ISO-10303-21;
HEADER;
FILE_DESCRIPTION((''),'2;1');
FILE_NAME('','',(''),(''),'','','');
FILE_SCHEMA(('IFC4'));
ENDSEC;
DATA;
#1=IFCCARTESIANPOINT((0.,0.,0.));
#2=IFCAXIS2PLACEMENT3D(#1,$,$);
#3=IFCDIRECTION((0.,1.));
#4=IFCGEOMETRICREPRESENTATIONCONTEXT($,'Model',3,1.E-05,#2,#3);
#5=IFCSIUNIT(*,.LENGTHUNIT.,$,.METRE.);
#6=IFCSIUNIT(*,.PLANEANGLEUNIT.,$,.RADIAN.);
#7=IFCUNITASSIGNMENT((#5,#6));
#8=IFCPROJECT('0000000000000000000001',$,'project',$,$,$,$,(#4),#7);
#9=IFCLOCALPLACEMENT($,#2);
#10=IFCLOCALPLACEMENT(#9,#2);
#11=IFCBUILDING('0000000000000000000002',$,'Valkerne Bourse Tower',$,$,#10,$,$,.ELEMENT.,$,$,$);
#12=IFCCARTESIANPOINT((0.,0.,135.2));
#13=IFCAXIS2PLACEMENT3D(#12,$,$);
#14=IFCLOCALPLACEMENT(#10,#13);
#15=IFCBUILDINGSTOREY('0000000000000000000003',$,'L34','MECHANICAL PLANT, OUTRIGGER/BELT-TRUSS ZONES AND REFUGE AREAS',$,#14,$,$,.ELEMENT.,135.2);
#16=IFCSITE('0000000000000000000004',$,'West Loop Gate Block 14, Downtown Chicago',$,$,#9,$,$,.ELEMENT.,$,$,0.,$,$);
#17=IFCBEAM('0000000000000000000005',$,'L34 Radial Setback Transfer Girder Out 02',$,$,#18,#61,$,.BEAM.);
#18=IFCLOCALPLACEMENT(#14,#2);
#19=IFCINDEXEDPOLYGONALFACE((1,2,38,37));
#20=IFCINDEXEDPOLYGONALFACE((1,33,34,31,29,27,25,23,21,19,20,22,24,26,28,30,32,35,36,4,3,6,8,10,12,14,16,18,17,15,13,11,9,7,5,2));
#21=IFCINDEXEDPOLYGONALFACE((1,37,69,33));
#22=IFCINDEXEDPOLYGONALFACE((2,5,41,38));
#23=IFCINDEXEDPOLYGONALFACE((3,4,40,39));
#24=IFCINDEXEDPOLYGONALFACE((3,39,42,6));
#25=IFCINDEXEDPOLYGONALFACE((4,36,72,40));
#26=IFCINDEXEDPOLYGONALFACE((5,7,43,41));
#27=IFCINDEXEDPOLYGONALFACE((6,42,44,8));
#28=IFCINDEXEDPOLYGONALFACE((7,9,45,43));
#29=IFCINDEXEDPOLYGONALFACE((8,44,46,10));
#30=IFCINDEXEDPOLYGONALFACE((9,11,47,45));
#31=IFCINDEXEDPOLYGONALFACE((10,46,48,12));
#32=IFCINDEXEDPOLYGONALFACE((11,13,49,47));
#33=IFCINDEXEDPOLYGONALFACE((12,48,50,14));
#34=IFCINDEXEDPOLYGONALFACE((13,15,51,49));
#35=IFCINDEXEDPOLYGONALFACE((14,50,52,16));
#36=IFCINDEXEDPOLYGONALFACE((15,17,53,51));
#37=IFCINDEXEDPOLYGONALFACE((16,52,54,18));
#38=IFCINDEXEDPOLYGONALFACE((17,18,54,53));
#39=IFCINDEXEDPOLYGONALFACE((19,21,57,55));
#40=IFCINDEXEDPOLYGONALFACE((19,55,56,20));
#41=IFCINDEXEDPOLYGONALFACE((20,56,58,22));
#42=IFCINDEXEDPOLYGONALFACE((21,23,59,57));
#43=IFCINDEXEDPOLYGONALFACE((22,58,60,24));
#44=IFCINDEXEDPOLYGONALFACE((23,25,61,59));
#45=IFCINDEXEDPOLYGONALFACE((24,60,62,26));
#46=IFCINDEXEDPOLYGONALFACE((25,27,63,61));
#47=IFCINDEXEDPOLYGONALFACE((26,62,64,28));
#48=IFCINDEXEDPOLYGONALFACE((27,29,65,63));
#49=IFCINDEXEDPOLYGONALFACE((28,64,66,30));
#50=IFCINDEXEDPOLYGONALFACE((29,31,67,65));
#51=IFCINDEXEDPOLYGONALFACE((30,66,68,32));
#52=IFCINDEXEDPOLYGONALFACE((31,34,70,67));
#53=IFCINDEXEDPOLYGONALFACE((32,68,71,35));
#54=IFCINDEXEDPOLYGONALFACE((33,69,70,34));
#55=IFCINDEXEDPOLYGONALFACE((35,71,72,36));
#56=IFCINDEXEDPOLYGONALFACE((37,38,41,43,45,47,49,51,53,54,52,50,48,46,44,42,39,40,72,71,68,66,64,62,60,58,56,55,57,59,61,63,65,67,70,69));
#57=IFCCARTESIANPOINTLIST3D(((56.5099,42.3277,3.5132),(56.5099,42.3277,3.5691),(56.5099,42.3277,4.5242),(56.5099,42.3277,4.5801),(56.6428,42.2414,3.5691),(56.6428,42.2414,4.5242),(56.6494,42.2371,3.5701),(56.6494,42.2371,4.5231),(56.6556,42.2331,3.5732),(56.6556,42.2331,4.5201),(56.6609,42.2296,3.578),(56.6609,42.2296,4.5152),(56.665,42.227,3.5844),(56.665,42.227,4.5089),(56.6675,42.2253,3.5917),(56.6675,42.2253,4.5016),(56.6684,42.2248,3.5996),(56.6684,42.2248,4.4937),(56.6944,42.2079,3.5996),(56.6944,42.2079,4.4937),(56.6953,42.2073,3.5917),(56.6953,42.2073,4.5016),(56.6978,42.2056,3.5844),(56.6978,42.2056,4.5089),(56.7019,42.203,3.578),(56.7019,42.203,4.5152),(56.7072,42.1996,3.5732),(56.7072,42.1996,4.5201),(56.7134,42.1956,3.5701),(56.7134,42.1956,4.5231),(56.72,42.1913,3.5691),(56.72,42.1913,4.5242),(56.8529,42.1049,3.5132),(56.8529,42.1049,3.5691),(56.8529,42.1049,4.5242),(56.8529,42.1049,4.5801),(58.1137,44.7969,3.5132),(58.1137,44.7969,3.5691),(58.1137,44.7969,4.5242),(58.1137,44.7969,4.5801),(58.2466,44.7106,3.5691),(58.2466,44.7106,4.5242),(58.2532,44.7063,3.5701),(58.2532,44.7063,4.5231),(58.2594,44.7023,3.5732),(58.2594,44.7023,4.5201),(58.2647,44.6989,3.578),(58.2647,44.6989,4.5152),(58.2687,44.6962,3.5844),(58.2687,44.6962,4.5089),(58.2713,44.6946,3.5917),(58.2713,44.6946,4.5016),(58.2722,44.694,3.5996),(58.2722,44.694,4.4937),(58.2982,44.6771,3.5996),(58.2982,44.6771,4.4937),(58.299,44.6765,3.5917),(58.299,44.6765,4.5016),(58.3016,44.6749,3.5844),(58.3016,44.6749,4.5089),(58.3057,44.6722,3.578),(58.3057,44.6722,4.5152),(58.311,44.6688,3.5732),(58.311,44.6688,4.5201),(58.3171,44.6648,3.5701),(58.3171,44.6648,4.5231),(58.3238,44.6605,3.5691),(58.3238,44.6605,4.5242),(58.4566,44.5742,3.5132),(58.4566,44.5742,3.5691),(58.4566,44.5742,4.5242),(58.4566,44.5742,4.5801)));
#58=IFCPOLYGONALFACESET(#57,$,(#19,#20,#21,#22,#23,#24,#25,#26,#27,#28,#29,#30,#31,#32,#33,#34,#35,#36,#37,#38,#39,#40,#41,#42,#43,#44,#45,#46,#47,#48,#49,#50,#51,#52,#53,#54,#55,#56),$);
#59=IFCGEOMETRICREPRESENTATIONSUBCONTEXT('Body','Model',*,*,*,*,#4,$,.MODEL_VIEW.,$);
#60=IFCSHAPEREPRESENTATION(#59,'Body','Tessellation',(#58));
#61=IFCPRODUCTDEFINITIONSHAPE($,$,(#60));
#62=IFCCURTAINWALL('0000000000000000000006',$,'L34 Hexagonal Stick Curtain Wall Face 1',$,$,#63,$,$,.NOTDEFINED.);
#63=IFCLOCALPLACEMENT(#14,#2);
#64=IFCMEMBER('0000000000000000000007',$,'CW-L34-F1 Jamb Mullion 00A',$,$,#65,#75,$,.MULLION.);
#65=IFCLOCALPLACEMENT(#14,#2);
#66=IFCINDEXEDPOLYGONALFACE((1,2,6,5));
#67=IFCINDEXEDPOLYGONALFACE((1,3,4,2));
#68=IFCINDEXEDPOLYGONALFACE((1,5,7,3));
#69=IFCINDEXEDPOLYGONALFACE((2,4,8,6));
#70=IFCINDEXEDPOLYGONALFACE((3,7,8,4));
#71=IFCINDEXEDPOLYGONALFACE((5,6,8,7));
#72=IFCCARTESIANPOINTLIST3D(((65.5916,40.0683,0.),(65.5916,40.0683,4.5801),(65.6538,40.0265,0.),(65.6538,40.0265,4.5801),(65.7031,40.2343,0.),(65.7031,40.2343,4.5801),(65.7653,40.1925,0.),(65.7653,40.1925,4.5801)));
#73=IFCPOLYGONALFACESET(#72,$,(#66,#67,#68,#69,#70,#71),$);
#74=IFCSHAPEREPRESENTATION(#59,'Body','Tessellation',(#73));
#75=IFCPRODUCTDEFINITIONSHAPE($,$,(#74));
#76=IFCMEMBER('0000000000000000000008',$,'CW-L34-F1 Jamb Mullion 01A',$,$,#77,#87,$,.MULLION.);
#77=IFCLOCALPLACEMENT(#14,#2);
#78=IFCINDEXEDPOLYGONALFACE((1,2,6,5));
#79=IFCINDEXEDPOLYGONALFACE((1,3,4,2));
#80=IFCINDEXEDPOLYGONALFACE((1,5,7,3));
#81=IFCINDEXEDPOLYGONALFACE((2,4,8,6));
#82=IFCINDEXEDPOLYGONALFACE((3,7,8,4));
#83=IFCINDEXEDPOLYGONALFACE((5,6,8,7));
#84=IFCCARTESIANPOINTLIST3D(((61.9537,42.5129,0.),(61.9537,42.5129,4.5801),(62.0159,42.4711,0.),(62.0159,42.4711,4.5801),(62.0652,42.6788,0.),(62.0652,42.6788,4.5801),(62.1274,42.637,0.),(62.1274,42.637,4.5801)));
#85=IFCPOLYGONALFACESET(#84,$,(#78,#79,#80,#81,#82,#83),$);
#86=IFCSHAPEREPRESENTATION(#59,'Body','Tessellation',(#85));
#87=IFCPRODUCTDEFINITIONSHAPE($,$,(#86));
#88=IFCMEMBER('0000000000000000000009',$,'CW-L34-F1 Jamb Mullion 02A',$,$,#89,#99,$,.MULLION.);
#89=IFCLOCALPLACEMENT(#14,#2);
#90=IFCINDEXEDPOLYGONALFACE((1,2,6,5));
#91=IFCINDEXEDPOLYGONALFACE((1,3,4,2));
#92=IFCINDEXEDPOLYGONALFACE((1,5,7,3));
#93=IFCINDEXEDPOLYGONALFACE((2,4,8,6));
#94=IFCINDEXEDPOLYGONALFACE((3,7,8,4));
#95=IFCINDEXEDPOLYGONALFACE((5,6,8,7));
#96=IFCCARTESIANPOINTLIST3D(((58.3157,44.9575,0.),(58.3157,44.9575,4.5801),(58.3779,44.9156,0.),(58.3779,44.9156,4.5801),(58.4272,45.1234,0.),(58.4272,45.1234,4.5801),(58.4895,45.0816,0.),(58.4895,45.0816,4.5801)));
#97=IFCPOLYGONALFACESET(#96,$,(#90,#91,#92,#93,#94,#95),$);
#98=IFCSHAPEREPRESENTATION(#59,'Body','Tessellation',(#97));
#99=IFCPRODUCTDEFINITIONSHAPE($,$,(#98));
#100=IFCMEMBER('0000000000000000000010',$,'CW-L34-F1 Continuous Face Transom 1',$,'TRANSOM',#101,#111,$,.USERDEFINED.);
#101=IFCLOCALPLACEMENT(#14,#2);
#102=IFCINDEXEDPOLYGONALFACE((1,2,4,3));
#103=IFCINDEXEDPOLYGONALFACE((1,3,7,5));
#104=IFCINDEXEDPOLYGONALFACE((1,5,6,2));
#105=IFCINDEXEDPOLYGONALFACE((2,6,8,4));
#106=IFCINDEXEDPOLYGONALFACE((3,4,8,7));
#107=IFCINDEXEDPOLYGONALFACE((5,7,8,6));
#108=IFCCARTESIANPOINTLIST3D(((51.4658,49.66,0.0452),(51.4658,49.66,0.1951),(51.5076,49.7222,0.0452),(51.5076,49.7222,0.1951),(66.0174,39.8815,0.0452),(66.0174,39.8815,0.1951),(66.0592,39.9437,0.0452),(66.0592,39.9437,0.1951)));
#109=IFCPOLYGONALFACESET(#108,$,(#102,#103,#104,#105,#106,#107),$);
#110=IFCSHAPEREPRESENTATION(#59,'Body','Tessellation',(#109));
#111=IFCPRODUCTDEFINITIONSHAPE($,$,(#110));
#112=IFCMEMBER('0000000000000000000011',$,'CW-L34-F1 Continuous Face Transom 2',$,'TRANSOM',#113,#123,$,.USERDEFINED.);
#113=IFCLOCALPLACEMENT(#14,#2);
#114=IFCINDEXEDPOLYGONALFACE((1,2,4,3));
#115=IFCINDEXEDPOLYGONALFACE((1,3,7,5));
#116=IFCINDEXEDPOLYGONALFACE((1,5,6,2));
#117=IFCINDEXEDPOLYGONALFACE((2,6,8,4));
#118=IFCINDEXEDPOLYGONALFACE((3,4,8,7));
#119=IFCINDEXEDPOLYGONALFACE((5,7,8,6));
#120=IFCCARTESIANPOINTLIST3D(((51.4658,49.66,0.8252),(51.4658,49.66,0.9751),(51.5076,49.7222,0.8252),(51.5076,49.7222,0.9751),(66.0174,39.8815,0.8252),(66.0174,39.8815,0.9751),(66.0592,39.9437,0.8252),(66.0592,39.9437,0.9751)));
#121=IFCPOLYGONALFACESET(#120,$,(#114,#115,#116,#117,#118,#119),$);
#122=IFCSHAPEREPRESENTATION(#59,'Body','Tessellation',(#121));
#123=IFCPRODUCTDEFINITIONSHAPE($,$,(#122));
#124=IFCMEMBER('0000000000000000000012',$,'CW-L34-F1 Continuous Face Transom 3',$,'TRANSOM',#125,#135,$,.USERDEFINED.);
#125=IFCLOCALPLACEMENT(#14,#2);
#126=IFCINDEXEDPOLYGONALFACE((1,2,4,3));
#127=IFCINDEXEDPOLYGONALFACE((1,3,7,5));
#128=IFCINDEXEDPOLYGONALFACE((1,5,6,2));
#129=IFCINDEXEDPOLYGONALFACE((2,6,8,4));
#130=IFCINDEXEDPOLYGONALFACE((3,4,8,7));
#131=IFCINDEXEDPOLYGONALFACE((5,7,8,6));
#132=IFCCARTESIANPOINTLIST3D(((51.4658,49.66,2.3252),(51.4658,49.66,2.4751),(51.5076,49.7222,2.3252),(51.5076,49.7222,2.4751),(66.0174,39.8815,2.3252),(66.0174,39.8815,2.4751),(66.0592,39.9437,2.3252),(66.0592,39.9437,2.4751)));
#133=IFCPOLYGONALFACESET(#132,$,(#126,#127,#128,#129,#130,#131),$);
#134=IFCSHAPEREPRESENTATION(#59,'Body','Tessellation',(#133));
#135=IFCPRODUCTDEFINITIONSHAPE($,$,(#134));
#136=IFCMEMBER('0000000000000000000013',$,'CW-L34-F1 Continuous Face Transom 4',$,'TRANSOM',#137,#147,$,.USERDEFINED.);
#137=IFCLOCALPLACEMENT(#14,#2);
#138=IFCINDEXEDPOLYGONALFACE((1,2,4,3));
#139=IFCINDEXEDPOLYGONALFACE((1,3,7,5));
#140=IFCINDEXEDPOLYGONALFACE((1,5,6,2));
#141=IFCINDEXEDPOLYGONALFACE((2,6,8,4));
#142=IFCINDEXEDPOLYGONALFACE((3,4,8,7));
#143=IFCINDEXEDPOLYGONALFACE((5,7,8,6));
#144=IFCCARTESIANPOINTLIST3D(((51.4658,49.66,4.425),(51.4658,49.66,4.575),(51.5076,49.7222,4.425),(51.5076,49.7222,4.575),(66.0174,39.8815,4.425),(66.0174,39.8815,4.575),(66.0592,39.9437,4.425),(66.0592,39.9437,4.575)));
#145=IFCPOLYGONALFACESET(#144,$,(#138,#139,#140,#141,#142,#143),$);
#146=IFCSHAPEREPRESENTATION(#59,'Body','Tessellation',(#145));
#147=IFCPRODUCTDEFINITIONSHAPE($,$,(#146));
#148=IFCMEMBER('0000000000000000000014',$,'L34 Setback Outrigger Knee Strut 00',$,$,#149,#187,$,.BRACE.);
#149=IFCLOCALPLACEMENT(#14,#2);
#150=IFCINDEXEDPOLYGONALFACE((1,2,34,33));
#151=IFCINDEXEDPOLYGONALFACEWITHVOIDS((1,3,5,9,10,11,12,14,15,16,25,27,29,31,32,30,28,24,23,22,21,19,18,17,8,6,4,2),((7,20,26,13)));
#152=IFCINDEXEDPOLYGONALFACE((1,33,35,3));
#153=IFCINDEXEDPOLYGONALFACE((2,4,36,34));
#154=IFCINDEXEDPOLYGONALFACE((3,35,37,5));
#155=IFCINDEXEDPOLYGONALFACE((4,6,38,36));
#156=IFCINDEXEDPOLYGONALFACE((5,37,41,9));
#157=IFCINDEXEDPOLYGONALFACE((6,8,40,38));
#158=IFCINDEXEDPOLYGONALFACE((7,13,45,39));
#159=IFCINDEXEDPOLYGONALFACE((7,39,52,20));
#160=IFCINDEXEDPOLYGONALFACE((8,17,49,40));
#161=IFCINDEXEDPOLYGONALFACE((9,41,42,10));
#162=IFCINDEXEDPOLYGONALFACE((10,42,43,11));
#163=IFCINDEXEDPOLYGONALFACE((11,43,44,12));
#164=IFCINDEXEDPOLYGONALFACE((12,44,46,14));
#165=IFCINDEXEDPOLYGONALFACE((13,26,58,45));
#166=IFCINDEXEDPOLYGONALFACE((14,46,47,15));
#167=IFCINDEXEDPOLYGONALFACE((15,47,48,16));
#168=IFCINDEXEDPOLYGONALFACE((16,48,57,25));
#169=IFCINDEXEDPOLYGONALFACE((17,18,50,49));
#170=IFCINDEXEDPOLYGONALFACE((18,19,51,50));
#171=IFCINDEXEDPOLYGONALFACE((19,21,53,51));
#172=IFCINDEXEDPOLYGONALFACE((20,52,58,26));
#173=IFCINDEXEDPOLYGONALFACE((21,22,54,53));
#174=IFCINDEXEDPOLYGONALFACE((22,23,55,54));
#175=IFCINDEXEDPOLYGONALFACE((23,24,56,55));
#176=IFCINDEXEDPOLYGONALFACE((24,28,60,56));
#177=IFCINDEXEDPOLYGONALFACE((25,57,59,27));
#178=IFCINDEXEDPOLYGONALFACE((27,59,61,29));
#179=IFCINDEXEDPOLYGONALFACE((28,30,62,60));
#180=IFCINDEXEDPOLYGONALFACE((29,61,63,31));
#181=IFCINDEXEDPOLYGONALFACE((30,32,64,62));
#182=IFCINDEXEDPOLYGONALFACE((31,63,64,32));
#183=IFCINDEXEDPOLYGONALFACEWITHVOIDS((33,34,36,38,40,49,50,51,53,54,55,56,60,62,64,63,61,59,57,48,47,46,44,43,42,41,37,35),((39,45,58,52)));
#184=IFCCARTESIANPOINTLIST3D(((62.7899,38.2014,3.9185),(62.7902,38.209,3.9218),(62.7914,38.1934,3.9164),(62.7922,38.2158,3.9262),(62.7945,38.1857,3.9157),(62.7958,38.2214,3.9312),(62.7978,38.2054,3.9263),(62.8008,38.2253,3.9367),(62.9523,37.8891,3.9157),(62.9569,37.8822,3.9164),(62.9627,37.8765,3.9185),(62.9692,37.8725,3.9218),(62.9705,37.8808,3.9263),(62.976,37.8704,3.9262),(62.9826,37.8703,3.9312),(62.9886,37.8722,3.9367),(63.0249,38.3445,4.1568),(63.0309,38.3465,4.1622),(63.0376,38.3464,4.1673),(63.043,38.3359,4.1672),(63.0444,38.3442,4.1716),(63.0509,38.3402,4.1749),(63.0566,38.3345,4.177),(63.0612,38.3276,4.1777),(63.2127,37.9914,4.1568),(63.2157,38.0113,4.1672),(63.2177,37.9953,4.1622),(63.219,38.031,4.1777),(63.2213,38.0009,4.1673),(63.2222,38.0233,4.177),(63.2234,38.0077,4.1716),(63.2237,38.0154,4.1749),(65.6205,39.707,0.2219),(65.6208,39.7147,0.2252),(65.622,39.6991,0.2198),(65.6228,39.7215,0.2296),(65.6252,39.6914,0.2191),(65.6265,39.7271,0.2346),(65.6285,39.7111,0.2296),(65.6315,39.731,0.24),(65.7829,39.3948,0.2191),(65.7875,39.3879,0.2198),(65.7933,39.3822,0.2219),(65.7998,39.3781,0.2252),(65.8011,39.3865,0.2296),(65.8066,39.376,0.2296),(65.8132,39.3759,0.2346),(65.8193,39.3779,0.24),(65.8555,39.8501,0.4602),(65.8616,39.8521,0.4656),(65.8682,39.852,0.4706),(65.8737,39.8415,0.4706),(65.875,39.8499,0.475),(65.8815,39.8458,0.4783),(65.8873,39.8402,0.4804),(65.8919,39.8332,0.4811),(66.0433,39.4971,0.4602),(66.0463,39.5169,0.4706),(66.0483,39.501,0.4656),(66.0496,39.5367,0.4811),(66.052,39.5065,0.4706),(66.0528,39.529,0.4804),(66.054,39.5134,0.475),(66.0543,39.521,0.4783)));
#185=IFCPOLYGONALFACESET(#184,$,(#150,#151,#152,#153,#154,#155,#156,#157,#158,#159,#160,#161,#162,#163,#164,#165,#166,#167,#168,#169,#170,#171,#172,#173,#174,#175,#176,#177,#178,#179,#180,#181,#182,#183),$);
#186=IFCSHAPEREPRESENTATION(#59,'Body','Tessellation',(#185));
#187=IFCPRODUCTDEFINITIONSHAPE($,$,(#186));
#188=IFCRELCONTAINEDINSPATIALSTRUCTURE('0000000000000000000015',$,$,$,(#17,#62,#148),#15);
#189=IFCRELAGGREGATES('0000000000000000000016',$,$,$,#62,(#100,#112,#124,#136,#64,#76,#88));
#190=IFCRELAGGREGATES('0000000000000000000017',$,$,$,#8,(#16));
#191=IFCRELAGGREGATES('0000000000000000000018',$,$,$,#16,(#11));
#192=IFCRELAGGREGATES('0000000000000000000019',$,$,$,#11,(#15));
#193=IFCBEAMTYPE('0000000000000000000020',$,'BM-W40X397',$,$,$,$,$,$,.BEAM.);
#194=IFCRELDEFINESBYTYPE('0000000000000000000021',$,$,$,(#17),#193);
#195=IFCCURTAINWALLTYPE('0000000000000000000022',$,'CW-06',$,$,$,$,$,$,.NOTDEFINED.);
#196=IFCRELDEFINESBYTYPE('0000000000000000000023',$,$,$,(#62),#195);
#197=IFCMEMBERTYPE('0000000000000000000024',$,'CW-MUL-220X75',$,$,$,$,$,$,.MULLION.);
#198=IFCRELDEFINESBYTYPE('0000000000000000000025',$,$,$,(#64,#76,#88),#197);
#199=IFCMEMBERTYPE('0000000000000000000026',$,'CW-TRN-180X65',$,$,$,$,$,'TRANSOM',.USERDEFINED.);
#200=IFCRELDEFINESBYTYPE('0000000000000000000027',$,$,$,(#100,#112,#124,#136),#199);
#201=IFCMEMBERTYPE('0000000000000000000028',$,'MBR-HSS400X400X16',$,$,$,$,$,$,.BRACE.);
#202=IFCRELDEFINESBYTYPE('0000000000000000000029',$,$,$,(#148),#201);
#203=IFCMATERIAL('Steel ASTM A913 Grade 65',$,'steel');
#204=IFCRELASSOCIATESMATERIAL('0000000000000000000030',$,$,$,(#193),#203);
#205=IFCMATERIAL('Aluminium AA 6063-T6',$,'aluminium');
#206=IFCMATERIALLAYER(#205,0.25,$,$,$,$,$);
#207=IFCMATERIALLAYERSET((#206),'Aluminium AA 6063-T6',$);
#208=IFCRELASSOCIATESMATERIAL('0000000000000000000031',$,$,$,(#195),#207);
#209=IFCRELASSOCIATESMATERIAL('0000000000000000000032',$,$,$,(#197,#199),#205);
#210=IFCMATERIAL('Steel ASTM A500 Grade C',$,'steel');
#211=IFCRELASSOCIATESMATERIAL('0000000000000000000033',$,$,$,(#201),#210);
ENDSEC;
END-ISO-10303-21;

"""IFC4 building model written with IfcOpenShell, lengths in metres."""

from ifc_helpers import new_model, si_unit, direction, frame, origin, origin_2d, place, context, subcontext, project, spatial, rectangle, hollow_rectangle, i_section, extrude, material, layer, layer_set, material_profile, profile_set, type_object, element, aggregate, save


model = new_model("IFC4")

# Units and contexts
model_context = context("Model", 3, precision=1e-05, world=origin(), true_north=direction((0.0, 1.0)))
body_context = subcontext(model_context, "Body", "Model", "MODEL_VIEW")
ifc_project = project(units=[si_unit("LENGTHUNIT", "METRE"), si_unit("PLANEANGLEUNIT", "RADIAN")], contexts=[model_context])

# Site, building, storey
site_placement = place(None, origin())
site = spatial("IfcSite", under=ifc_project, at=site_placement, Name="West Loop Gate Block 14, Downtown Chicago", CompositionType="ELEMENT", RefElevation=0.0)
building_placement = place(site_placement, origin())
building = spatial("IfcBuilding", under=site, at=building_placement, Name="Valkerne Bourse Tower", CompositionType="ELEMENT")
storey_placement = place(building_placement, frame((0.0, 0.0, 135.2)))
storey = spatial("IfcBuildingStorey", under=building, at=storey_placement, Name="L34", Description="MECHANICAL PLANT, OUTRIGGER/BELT-TRUSS ZONES AND REFUGE AREAS", CompositionType="ELEMENT", Elevation=135.2)

# Shared definitions
ifc_material_1 = material(Name="Steel ASTM A913 Grade 65", Category="steel")

# Beam
ifc_material_profile_1 = material_profile(ifc_material_1, i_section(OverallWidth=0.4089, OverallDepth=1.0669, WebThickness=0.031, FlangeThickness=0.0559, FilletRadius=0.0305, at=origin_2d()), Name="W40X397")
ifc_profile_set_1 = profile_set([ifc_material_profile_1], Name="Steel ASTM A913 Grade 65")
beam_type_1 = type_object("IfcBeamType", Name="BM-W40X397", PredefinedType="BEAM", material=ifc_profile_set_1)
beam_1_placement = place(storey_placement, frame((58.2852, 44.6855, 4.0466), z_axis=(-0.544691, -0.838637, 0.0), x_axis=(0.838637, -0.544691, 0.0)))
element("IfcBeam", 1, at=beam_1_placement, inside=storey, type_object=beam_type_1, Name="L34 Radial Setback Transfer Girder Out 02", PredefinedType="BEAM", context=body_context, shape_type="SweptSolid", body=[
    extrude(i_section(OverallWidth=0.4089, OverallDepth=1.0669, WebThickness=0.031, FlangeThickness=0.0559, FilletRadius=0.0305, at=origin_2d()), origin(), (0.0, 0.0, 1.0), 2.9443),
])

# Curtain wall, members
ifc_material_2 = material(Name="Aluminium AA 6063-T6", Category="aluminium")
ifc_layer_1 = layer(ifc_material_2, 0.25)
ifc_layer_set_1 = layer_set([ifc_layer_1], Name="Aluminium AA 6063-T6")
curtain_wall_type = type_object("IfcCurtainWallType", Name="CW-06", PredefinedType="NOTDEFINED", material=ifc_layer_set_1)
curtain_wall_placement = place(storey_placement, origin())
curtain_wall = element("IfcCurtainWall", 2, at=curtain_wall_placement, inside=storey, type_object=curtain_wall_type, Name="L34 Hexagonal Stick Curtain Wall Face 1", PredefinedType="NOTDEFINED")
ifc_material_profile_2 = material_profile(ifc_material_2, rectangle(XDim=0.075, YDim=0.2, at=origin_2d()), Name="CWM-75X200")
ifc_profile_set_2 = profile_set([ifc_material_profile_2], Name="Aluminium AA 6063-T6")
member_type_1 = type_object("IfcMemberType", Name="CW-MUL-220X75", PredefinedType="MULLION", material=ifc_profile_set_2)
member_1_placement = place(storey_placement, frame((65.6785, 40.1304, 0.0), z_axis=(0.0, 0.0, 1.0), x_axis=(-0.830016, 0.55774, 0.0)))
member_1 = element("IfcMember", 3, at=member_1_placement, type_object=member_type_1, Name="CW-L34-F1 Jamb Mullion 00A", PredefinedType="MULLION", context=body_context, shape_type="SweptSolid", body=[
    extrude(rectangle(XDim=0.075, YDim=0.2, at=origin_2d()), origin(), (0.0, 0.0, 1.0), 4.5801),
])
member_2_placement = place(storey_placement, frame((62.0405, 42.575, 0.0), z_axis=(0.0, 0.0, 1.0), x_axis=(-0.830009, 0.55775, 0.0)))
member_2 = element("IfcMember", 4, at=member_2_placement, type_object=member_type_1, Name="CW-L34-F1 Jamb Mullion 01A", PredefinedType="MULLION", context=body_context, shape_type="SweptSolid", body=[
    extrude(rectangle(XDim=0.075, YDim=0.2, at=origin_2d()), origin(), (0.0, 0.0, 1.0), 4.5801),
])
member_3_placement = place(storey_placement, frame((58.4026, 45.0195, 0.0), z_axis=(0.0, 0.0, 1.0), x_axis=(-0.830016, 0.55774, 0.0)))
member_3 = element("IfcMember", 5, at=member_3_placement, type_object=member_type_1, Name="CW-L34-F1 Jamb Mullion 02A", PredefinedType="MULLION", context=body_context, shape_type="SweptSolid", body=[
    extrude(rectangle(XDim=0.075, YDim=0.2, at=origin_2d()), origin(), (0.0, 0.0, 1.0), 4.5801),
])
ifc_material_profile_3 = material_profile(ifc_material_2, rectangle(XDim=0.075, YDim=0.1499, at=origin_2d()), Name="CWT-75X150")
ifc_profile_set_3 = profile_set([ifc_material_profile_3], Name="Aluminium AA 6063-T6")
member_type_2 = type_object("IfcMemberType", Name="CW-TRN-180X65", ElementType="TRANSOM", PredefinedType="USERDEFINED", material=ifc_profile_set_3)
member_4_placement = place(storey_placement, frame((66.0383, 39.9126, 0.1201), z_axis=(-0.830007, 0.557753, 0.0), x_axis=(-0.557753, -0.830007, 0.0)))
member_4 = element("IfcMember", 6, at=member_4_placement, type_object=member_type_2, Name="CW-L34-F1 Continuous Face Transom 1", ObjectType="TRANSOM", PredefinedType="USERDEFINED", context=body_context, shape_type="SweptSolid", body=[
    extrude(rectangle(XDim=0.075, YDim=0.1499, at=origin_2d()), origin(), (0.0, 0.0, 1.0), 17.532),
])
member_5_placement = place(storey_placement, frame((66.0383, 39.9126, 0.9001), z_axis=(-0.830007, 0.557753, 0.0), x_axis=(-0.557753, -0.830007, 0.0)))
member_5 = element("IfcMember", 7, at=member_5_placement, type_object=member_type_2, Name="CW-L34-F1 Continuous Face Transom 2", ObjectType="TRANSOM", PredefinedType="USERDEFINED", context=body_context, shape_type="SweptSolid", body=[
    extrude(rectangle(XDim=0.075, YDim=0.1499, at=origin_2d()), origin(), (0.0, 0.0, 1.0), 17.532),
])
member_6_placement = place(storey_placement, frame((66.0383, 39.9126, 2.4001), z_axis=(-0.830007, 0.557753, 0.0), x_axis=(-0.557753, -0.830007, 0.0)))
member_6 = element("IfcMember", 8, at=member_6_placement, type_object=member_type_2, Name="CW-L34-F1 Continuous Face Transom 3", ObjectType="TRANSOM", PredefinedType="USERDEFINED", context=body_context, shape_type="SweptSolid", body=[
    extrude(rectangle(XDim=0.075, YDim=0.1499, at=origin_2d()), origin(), (0.0, 0.0, 1.0), 17.532),
])
member_7_placement = place(storey_placement, frame((66.0383, 39.9126, 4.5), z_axis=(-0.830007, 0.557753, 0.0), x_axis=(-0.557753, -0.830007, 0.0)))
member_7 = element("IfcMember", 9, at=member_7_placement, type_object=member_type_2, Name="CW-L34-F1 Continuous Face Transom 4", ObjectType="TRANSOM", PredefinedType="USERDEFINED", context=body_context, shape_type="SweptSolid", body=[
    extrude(rectangle(XDim=0.075, YDim=0.1499, at=origin_2d()), origin(), (0.0, 0.0, 1.0), 17.532),
])

# Member
ifc_material_3 = material(Name="Steel ASTM A500 Grade C", Category="steel")
ifc_material_profile_4 = material_profile(ifc_material_3, hollow_rectangle(XDim=0.3999, YDim=0.3999, WallThickness=0.0161, OuterFilletRadius=0.032, at=origin_2d()), Name="HSS400X400X16")
ifc_profile_set_4 = profile_set([ifc_material_profile_4], Name="Steel ASTM A500 Grade C")
member_type_3 = type_object("IfcMemberType", Name="MBR-HSS400X400X16", PredefinedType="BRACE", material=ifc_profile_set_4)
member_8_placement = place(storey_placement, frame((65.8374, 39.614, 0.3501), z_axis=(-0.57847, -0.307696, 0.755444), x_axis=(0.469612, -0.882873, 0.0)))
element("IfcMember", 10, at=member_8_placement, inside=storey, type_object=member_type_3, Name="L34 Setback Outrigger Knee Strut 00", PredefinedType="BRACE", context=body_context, shape_type="SweptSolid", body=[
    extrude(hollow_rectangle(XDim=0.3999, YDim=0.3999, WallThickness=0.0161, OuterFilletRadius=0.032, at=origin_2d()), origin(), (0.0, 0.0, 1.0), 4.8933),
])

aggregate(curtain_wall, [member_4, member_5, member_6, member_7, member_1, member_2, member_3])

save(model, "model.ifc")
